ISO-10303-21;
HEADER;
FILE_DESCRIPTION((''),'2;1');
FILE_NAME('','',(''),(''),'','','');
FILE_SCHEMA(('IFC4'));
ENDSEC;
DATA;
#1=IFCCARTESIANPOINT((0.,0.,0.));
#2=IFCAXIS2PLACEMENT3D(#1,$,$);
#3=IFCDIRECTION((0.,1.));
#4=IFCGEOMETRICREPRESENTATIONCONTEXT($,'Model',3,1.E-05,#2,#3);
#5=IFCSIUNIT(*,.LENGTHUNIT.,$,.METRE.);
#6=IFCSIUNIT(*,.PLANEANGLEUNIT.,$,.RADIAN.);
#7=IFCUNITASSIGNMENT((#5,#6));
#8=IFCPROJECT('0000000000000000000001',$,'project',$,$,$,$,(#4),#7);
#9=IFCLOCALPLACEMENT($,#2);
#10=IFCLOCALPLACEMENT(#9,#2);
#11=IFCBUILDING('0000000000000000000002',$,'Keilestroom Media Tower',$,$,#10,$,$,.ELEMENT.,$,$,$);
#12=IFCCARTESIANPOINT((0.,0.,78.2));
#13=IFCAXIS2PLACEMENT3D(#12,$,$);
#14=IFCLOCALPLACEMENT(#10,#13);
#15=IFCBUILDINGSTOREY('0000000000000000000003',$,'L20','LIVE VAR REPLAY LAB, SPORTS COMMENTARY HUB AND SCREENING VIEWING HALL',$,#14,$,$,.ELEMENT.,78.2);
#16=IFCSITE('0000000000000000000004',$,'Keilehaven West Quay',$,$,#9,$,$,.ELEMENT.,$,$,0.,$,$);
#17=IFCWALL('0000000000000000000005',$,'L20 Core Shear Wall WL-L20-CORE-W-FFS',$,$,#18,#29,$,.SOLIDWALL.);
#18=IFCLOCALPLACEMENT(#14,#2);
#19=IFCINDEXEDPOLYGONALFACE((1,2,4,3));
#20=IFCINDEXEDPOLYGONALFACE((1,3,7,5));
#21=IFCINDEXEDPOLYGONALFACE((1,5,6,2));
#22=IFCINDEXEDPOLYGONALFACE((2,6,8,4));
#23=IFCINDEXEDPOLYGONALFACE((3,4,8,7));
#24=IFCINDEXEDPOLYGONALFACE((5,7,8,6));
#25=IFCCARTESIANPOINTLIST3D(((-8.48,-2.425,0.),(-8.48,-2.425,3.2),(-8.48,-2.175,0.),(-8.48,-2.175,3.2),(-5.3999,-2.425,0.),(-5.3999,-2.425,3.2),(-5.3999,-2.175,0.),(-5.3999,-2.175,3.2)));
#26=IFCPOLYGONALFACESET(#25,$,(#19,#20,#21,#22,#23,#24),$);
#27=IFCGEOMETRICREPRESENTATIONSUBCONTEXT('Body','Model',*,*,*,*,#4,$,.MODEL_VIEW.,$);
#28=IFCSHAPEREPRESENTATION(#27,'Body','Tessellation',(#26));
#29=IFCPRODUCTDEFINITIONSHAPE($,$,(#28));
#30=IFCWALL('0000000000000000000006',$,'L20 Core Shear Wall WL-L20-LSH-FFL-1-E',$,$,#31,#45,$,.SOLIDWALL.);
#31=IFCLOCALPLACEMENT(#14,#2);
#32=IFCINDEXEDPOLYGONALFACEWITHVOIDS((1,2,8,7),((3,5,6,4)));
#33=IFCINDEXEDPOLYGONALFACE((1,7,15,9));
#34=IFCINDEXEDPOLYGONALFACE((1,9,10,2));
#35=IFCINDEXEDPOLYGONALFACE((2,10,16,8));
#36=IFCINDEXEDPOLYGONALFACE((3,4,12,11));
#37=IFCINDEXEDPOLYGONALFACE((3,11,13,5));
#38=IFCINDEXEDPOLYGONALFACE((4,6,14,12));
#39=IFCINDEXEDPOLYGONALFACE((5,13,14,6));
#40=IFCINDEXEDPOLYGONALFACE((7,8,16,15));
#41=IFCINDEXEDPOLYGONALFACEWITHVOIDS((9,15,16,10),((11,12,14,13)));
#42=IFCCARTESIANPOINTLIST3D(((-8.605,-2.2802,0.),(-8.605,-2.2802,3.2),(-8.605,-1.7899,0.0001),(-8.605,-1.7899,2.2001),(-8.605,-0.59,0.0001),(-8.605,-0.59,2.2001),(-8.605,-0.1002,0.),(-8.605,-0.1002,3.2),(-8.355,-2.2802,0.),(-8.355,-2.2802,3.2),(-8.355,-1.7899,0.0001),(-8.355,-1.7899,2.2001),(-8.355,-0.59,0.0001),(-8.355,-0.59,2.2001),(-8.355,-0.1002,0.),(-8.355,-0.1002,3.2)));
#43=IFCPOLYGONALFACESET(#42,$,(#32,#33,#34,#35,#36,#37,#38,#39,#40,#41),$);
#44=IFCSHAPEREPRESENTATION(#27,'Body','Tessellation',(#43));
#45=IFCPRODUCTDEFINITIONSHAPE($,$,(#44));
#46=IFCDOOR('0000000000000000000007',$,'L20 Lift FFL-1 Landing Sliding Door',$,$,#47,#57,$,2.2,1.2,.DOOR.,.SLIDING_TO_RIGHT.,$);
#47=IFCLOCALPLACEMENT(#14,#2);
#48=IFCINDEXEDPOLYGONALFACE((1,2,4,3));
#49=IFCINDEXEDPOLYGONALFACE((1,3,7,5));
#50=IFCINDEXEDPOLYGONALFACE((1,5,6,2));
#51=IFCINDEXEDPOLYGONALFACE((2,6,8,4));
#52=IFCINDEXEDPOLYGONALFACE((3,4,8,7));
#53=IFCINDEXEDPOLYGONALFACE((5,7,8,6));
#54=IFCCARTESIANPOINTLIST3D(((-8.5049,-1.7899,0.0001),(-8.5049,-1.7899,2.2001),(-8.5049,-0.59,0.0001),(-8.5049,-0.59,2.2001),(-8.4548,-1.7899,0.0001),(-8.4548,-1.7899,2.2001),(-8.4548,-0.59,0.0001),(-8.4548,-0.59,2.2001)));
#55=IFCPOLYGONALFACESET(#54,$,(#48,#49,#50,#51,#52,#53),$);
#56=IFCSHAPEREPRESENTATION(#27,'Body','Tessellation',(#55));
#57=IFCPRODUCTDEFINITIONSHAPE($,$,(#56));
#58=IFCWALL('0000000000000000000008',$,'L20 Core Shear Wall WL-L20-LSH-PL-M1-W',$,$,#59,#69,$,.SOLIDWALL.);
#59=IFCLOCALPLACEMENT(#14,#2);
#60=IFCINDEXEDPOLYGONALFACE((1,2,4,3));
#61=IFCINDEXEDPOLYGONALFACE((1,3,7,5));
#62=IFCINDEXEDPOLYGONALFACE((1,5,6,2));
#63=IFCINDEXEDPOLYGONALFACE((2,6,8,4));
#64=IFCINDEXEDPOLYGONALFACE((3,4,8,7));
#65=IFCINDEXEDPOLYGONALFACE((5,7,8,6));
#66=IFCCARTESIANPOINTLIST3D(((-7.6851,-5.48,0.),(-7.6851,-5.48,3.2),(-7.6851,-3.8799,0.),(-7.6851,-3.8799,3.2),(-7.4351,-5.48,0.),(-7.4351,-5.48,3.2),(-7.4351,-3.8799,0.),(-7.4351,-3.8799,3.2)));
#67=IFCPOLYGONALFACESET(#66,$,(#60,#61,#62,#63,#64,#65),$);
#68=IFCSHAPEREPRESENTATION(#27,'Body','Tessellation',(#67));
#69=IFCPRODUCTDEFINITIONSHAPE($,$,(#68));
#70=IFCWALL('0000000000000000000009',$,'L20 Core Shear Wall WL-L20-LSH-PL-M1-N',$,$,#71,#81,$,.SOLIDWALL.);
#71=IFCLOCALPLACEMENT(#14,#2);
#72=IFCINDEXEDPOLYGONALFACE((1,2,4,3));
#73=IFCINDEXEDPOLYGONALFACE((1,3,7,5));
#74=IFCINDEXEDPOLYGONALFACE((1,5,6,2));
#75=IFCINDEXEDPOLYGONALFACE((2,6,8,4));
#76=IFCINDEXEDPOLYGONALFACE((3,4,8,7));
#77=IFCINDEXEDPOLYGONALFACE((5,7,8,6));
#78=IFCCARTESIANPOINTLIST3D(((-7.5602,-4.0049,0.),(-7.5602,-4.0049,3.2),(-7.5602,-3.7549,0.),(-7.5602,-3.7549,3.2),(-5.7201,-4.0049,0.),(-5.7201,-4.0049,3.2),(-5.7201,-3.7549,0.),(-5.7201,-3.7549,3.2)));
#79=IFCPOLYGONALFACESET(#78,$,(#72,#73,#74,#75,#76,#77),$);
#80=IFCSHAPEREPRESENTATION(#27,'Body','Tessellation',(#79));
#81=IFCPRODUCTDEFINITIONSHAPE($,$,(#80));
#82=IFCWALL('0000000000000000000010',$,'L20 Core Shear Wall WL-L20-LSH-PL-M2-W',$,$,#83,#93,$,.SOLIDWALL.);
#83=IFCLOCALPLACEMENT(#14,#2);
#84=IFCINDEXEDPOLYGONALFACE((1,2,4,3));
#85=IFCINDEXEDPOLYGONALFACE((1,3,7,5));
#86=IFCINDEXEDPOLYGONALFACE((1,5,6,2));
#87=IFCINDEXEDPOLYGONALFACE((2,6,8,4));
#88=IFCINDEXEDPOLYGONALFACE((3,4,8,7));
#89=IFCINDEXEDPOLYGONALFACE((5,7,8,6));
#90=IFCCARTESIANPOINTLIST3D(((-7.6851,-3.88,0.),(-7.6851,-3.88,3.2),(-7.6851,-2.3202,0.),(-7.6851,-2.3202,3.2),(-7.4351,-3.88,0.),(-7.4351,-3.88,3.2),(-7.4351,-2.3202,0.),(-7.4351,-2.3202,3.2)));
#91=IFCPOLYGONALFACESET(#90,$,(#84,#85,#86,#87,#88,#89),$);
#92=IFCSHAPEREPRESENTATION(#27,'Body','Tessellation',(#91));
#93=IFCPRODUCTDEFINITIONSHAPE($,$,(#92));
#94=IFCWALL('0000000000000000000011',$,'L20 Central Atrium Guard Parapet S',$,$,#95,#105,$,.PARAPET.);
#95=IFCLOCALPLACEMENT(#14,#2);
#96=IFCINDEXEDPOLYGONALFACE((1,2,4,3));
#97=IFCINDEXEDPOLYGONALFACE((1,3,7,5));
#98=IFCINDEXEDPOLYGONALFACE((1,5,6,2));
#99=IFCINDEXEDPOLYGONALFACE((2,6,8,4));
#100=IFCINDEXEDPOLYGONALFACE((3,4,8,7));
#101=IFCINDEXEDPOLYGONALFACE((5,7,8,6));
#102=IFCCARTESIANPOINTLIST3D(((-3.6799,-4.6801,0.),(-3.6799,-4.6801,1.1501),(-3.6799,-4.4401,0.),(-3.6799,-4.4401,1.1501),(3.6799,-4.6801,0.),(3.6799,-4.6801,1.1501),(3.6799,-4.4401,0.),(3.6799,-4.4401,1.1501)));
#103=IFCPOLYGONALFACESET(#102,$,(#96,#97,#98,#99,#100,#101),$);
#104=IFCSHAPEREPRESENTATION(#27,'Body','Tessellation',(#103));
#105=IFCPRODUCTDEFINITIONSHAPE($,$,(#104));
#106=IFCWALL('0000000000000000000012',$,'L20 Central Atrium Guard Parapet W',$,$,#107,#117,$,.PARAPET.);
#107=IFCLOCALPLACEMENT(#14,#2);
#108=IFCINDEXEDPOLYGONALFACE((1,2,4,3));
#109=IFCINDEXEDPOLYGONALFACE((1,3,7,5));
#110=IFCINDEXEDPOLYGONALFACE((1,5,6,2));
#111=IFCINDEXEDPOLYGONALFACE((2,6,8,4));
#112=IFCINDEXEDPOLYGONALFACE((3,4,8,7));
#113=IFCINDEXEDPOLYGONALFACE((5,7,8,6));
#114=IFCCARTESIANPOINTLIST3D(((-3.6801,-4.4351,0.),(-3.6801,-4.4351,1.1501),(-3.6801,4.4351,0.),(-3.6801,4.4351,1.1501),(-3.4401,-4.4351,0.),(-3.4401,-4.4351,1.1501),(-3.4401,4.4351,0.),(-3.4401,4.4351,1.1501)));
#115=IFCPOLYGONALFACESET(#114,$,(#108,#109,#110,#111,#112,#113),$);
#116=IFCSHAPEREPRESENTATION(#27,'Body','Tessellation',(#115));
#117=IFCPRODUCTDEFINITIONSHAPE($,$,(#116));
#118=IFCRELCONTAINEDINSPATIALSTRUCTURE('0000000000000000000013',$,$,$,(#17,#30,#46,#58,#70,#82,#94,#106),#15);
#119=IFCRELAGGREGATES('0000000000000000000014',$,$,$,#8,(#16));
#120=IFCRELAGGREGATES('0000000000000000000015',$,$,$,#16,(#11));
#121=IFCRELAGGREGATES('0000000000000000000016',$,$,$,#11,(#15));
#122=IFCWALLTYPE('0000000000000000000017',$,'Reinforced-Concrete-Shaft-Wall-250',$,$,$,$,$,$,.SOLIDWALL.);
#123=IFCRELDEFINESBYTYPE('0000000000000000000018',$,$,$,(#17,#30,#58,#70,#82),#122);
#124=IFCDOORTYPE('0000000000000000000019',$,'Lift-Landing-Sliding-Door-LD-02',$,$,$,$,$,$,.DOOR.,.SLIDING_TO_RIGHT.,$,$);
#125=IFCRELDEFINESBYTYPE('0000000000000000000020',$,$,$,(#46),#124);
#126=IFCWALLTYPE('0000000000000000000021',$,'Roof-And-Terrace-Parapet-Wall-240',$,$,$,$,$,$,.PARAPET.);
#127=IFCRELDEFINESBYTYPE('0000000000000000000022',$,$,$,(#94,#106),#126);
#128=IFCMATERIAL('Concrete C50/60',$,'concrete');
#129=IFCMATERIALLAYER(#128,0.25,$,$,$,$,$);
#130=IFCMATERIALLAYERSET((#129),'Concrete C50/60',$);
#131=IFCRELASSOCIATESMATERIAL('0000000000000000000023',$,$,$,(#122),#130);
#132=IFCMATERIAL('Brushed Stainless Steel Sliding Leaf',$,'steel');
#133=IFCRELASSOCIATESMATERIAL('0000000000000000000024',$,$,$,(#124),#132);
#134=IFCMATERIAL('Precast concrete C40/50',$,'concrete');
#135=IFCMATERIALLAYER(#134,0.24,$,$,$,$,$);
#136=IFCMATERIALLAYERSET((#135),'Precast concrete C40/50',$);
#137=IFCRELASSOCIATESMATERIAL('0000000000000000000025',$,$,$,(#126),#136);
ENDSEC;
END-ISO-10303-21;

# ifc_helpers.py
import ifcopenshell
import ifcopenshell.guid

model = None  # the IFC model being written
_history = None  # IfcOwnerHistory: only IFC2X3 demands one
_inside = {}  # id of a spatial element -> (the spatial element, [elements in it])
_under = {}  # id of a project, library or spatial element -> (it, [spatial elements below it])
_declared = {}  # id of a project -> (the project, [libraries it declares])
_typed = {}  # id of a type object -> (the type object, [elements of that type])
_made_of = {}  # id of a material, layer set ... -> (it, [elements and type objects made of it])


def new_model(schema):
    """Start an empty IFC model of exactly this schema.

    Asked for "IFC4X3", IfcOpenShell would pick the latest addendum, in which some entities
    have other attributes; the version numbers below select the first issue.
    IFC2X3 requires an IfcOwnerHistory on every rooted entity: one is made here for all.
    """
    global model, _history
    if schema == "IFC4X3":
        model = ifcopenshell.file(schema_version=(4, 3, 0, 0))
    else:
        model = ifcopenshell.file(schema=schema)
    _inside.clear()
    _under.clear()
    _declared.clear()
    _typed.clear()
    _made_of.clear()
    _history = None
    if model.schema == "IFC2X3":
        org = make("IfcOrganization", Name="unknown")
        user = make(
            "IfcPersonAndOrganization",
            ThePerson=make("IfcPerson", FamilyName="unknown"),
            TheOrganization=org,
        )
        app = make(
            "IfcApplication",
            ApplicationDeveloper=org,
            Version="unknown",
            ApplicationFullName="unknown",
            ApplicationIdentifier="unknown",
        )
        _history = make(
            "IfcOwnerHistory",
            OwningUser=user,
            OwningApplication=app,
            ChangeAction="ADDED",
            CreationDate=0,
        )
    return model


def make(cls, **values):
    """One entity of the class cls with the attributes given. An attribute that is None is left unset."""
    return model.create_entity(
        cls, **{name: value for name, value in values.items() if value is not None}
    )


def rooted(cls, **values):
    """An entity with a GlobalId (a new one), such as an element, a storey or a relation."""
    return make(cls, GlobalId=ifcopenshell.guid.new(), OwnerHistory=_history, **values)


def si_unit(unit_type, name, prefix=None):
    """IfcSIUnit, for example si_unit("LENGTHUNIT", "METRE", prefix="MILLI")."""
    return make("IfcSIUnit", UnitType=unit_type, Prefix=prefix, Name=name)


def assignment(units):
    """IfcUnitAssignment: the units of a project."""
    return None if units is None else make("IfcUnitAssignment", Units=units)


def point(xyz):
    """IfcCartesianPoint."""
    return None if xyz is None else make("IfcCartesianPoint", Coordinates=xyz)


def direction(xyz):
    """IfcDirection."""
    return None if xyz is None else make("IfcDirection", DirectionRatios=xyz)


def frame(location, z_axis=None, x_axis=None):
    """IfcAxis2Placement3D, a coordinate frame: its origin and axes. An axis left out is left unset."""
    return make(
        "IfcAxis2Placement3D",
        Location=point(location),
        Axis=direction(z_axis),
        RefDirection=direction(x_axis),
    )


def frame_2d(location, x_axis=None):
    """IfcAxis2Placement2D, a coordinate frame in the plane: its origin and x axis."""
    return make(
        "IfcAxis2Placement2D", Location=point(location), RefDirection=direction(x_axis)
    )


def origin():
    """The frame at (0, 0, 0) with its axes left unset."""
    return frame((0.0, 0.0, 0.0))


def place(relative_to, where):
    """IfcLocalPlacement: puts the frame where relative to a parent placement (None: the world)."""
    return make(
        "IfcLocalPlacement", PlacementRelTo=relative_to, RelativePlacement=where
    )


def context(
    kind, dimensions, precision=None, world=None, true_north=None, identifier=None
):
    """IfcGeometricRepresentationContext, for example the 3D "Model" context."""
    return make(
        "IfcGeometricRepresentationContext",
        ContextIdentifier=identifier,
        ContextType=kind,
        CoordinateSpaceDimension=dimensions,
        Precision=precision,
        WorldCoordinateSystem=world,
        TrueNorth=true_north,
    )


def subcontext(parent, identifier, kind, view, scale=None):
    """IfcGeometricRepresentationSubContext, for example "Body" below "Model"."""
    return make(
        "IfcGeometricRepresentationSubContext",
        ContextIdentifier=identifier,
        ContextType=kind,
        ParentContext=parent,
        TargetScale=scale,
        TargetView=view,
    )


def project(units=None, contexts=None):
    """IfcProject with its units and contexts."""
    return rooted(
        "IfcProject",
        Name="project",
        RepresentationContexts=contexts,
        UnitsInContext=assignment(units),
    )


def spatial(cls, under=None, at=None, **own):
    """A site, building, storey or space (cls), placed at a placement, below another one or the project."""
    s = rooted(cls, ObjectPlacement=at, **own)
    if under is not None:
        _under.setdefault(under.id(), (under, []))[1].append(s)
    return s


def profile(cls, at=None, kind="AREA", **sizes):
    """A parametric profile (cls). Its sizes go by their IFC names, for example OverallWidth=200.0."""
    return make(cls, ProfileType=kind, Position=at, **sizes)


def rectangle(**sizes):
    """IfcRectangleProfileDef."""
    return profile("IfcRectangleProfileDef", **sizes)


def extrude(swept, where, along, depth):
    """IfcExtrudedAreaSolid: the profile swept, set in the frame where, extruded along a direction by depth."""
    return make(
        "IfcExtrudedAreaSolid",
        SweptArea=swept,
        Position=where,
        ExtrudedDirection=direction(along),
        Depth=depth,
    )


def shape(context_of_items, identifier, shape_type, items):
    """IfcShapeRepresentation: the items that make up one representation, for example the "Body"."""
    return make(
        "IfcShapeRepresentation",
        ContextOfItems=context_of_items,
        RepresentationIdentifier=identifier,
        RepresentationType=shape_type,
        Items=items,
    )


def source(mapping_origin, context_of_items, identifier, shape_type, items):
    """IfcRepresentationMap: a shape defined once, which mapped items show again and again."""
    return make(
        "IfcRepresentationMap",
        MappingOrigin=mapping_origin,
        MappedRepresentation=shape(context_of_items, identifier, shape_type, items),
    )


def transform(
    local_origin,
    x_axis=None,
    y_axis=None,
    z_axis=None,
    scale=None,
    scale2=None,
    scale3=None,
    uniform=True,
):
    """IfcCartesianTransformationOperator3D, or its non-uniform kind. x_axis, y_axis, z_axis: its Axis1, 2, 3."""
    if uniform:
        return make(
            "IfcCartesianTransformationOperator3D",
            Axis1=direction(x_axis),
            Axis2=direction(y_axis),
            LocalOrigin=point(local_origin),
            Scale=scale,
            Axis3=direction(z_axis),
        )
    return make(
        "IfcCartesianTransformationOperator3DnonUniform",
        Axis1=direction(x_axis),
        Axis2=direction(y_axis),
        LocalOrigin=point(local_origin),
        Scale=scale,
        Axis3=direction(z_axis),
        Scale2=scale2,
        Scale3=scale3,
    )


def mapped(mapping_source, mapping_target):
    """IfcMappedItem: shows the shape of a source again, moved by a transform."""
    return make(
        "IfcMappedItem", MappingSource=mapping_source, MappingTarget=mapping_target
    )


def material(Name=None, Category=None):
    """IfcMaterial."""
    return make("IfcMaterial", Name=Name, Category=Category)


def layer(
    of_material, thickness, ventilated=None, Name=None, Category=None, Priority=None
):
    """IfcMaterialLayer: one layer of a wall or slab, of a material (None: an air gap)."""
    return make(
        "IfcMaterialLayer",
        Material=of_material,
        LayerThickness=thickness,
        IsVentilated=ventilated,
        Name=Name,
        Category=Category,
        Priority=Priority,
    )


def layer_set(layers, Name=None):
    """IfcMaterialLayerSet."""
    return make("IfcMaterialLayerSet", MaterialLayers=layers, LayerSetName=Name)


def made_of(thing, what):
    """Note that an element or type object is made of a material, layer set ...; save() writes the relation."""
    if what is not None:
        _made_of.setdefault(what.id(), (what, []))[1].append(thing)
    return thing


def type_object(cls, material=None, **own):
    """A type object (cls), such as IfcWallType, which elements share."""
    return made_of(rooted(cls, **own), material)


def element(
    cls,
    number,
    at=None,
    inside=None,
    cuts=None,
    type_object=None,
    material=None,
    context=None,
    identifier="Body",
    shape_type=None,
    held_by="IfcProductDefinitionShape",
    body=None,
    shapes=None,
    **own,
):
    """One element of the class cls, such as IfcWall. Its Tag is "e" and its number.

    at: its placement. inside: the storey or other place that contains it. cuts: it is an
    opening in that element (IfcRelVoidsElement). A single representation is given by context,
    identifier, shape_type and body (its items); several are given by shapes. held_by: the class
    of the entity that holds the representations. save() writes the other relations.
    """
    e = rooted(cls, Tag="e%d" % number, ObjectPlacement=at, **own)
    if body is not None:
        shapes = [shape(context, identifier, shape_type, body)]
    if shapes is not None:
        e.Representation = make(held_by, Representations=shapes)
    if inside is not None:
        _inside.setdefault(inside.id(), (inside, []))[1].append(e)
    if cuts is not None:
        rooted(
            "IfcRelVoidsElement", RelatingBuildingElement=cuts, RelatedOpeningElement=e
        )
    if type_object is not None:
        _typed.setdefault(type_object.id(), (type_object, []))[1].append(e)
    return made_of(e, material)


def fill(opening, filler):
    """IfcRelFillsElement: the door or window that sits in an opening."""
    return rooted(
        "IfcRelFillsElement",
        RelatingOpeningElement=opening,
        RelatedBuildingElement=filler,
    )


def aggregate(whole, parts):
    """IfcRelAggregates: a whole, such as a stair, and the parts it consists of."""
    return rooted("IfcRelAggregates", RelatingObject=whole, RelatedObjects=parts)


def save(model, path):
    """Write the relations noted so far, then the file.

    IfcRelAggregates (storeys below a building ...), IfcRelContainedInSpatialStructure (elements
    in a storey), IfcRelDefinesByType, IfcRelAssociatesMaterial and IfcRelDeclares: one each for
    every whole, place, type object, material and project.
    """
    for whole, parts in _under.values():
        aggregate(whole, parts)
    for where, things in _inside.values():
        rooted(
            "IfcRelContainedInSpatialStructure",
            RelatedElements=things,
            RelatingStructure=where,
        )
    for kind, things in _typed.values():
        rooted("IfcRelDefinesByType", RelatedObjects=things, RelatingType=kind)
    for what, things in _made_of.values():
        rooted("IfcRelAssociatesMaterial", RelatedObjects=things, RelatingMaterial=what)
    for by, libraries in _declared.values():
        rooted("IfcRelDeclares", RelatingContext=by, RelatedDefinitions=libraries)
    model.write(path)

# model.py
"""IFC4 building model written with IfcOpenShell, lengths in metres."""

from ifc_helpers import new_model, si_unit, direction, frame, frame_2d, origin, place, context, subcontext, project, spatial, rectangle, extrude, source, transform, mapped, material, layer, layer_set, type_object, element, fill, save


model = new_model("IFC4")

# Units and contexts
model_context = context("Model", 3, precision=1e-05, world=origin(), true_north=direction((0.0, 1.0)))
body_context = subcontext(model_context, "Body", "Model", "MODEL_VIEW")
ifc_project = project(units=[si_unit("LENGTHUNIT", "METRE"), si_unit("PLANEANGLEUNIT", "RADIAN")], contexts=[model_context])

# Site, building, storey
site_placement = place(None, origin())
site = spatial("IfcSite", under=ifc_project, at=site_placement, Name="Keilehaven West Quay", CompositionType="ELEMENT", RefElevation=0.0)
building_placement = place(site_placement, origin())
building = spatial("IfcBuilding", under=site, at=building_placement, Name="Keilestroom Media Tower", CompositionType="ELEMENT")
storey_placement = place(building_placement, frame((0.0, 0.0, 78.2)))
storey = spatial("IfcBuildingStorey", under=building, at=storey_placement, Name="L20", Description="LIVE VAR REPLAY LAB, SPORTS COMMENTARY HUB AND SCREENING VIEWING HALL", CompositionType="ELEMENT", Elevation=78.2)

# Shared definitions
shared_shape_1 = source(origin(), body_context, "Body", "SweptSolid", [
    extrude(rectangle(XDim=1.2, YDim=2.2, at=frame_2d((0.6001, 1.1001))), frame((0.0, 0.0249, 0.0), z_axis=(0.0, -1.0, 0.0), x_axis=(1.0, 0.0, 0.0)), (0.0, 0.0, 1.0), 0.05),
])

# Wall
ifc_material_1 = material(Name="Concrete C50/60", Category="concrete")
ifc_layer_1 = layer(ifc_material_1, 0.25)
ifc_layer_set_1 = layer_set([ifc_layer_1], Name="Concrete C50/60")
wall_type_1 = type_object("IfcWallType", Name="Reinforced-Concrete-Shaft-Wall-250", PredefinedType="SOLIDWALL", material=ifc_layer_set_1)
wall_1_placement = place(storey_placement, frame((-8.48, -2.3, 0.0), z_axis=(0.0, 0.0, 1.0), x_axis=(1.0, 0.0, 0.0)))
element("IfcWall", 1, at=wall_1_placement, inside=storey, type_object=wall_type_1, Name="L20 Core Shear Wall WL-L20-CORE-W-FFS", PredefinedType="SOLIDWALL", context=body_context, shape_type="SweptSolid", body=[
    extrude(rectangle(XDim=3.0801, YDim=0.25, at=frame_2d((1.54, 0.0))), origin(), (0.0, 0.0, 1.0), 3.2),
])

# Wall, opening, door
wall_2_placement = place(storey_placement, frame((-8.48, -2.28, 0.0), z_axis=(0.0, 0.0, 1.0), x_axis=(0.0, 1.0, 0.0)))
wall_2 = element("IfcWall", 2, at=wall_2_placement, inside=storey, type_object=wall_type_1, Name="L20 Core Shear Wall WL-L20-LSH-FFL-1-E", PredefinedType="SOLIDWALL", context=body_context, shape_type="SweptSolid", body=[
    extrude(rectangle(XDim=2.1799, YDim=0.25, at=frame_2d((1.0898, 0.0))), origin(), (0.0, 0.0, 1.0), 3.2),
])
opening_1_placement = place(wall_2_placement, frame((0.49, 0.0, 0.0)))
opening_1 = element("IfcOpeningElement", 3, at=opening_1_placement, cuts=wall_2, PredefinedType="OPENING", context=body_context, shape_type="SweptSolid", body=[
    extrude(rectangle(XDim=1.2, YDim=2.2, at=frame_2d((0.6001, 1.1001))), frame((0.0, 0.135, 0.0), z_axis=(0.0, -1.0, 0.0), x_axis=(1.0, 0.0, 0.0)), (0.0, 0.0, 1.0), 0.27),
])
ifc_material_2 = material(Name="Brushed Stainless Steel Sliding Leaf", Category="steel")
door_type_1 = type_object("IfcDoorType", Name="Lift-Landing-Sliding-Door-LD-02", OperationType="SLIDING_TO_RIGHT", PredefinedType="DOOR", material=ifc_material_2)
door_1_placement = place(opening_1_placement, origin())
door_1 = element("IfcDoor", 4, at=door_1_placement, inside=storey, type_object=door_type_1, Name="L20 Lift FFL-1 Landing Sliding Door", OperationType="SLIDING_TO_RIGHT", OverallHeight=2.2, OverallWidth=1.2, PredefinedType="DOOR", context=body_context, shape_type="MappedRepresentation", body=[
    mapped(shared_shape_1, transform((0.0, 0.0, 0.0), x_axis=(1.0, 0.0, 0.0), y_axis=(0.0, 1.0, 0.0), z_axis=(0.0, 0.0, 1.0), scale=1.0)),
])
fill(opening_1, door_1)

# Walls
wall_3_placement = place(storey_placement, frame((-7.5601, -5.48, 0.0), z_axis=(0.0, 0.0, 1.0), x_axis=(0.0, 1.0, 0.0)))
element("IfcWall", 5, at=wall_3_placement, inside=storey, type_object=wall_type_1, Name="L20 Core Shear Wall WL-L20-LSH-PL-M1-W", PredefinedType="SOLIDWALL", context=body_context, shape_type="SweptSolid", body=[
    extrude(rectangle(XDim=1.6001, YDim=0.25, at=frame_2d((0.8, 0.0))), origin(), (0.0, 0.0, 1.0), 3.2),
])
wall_4_placement = place(storey_placement, frame((-7.5601, -3.8799, 0.0), z_axis=(0.0, 0.0, 1.0), x_axis=(1.0, 0.0, 0.0)))
element("IfcWall", 6, at=wall_4_placement, inside=storey, type_object=wall_type_1, Name="L20 Core Shear Wall WL-L20-LSH-PL-M1-N", PredefinedType="SOLIDWALL", context=body_context, shape_type="SweptSolid", body=[
    extrude(rectangle(XDim=1.8401, YDim=0.25, at=frame_2d((0.9199, 0.0))), origin(), (0.0, 0.0, 1.0), 3.2),
])
wall_5_placement = place(storey_placement, frame((-7.5601, -3.8799, 0.0), z_axis=(0.0, 0.0, 1.0), x_axis=(0.0, 1.0, 0.0)))
element("IfcWall", 7, at=wall_5_placement, inside=storey, type_object=wall_type_1, Name="L20 Core Shear Wall WL-L20-LSH-PL-M2-W", PredefinedType="SOLIDWALL", context=body_context, shape_type="SweptSolid", body=[
    extrude(rectangle(XDim=1.5598, YDim=0.25, at=frame_2d((0.7798, 0.0))), origin(), (0.0, 0.0, 1.0), 3.2),
])
ifc_material_3 = material(Name="Precast concrete C40/50", Category="concrete")
ifc_layer_2 = layer(ifc_material_3, 0.24)
ifc_layer_set_2 = layer_set([ifc_layer_2], Name="Precast concrete C40/50")
wall_type_2 = type_object("IfcWallType", Name="Roof-And-Terrace-Parapet-Wall-240", PredefinedType="PARAPET", material=ifc_layer_set_2)
wall_6_placement = place(storey_placement, frame((-3.6799, -4.5601, 0.0), z_axis=(0.0, 0.0, 1.0), x_axis=(1.0, 0.0, 0.0)))
element("IfcWall", 8, at=wall_6_placement, inside=storey, type_object=wall_type_2, Name="L20 Central Atrium Guard Parapet S", PredefinedType="PARAPET", context=body_context, shape_type="SweptSolid", body=[
    extrude(rectangle(XDim=7.3599, YDim=0.24, at=frame_2d((3.6799, 0.0))), origin(), (0.0, 0.0, 1.0), 1.1501),
])
wall_7_placement = place(storey_placement, frame((-3.5601, -4.4351, 0.0), z_axis=(0.0, 0.0, 1.0), x_axis=(0.0, 1.0, 0.0)))
element("IfcWall", 9, at=wall_7_placement, inside=storey, type_object=wall_type_2, Name="L20 Central Atrium Guard Parapet W", PredefinedType="PARAPET", context=body_context, shape_type="SweptSolid", body=[
    extrude(rectangle(XDim=8.8701, YDim=0.24, at=frame_2d((4.4351, 0.0))), origin(), (0.0, 0.0, 1.0), 1.1501),
])

save(model, "model.ifc")
